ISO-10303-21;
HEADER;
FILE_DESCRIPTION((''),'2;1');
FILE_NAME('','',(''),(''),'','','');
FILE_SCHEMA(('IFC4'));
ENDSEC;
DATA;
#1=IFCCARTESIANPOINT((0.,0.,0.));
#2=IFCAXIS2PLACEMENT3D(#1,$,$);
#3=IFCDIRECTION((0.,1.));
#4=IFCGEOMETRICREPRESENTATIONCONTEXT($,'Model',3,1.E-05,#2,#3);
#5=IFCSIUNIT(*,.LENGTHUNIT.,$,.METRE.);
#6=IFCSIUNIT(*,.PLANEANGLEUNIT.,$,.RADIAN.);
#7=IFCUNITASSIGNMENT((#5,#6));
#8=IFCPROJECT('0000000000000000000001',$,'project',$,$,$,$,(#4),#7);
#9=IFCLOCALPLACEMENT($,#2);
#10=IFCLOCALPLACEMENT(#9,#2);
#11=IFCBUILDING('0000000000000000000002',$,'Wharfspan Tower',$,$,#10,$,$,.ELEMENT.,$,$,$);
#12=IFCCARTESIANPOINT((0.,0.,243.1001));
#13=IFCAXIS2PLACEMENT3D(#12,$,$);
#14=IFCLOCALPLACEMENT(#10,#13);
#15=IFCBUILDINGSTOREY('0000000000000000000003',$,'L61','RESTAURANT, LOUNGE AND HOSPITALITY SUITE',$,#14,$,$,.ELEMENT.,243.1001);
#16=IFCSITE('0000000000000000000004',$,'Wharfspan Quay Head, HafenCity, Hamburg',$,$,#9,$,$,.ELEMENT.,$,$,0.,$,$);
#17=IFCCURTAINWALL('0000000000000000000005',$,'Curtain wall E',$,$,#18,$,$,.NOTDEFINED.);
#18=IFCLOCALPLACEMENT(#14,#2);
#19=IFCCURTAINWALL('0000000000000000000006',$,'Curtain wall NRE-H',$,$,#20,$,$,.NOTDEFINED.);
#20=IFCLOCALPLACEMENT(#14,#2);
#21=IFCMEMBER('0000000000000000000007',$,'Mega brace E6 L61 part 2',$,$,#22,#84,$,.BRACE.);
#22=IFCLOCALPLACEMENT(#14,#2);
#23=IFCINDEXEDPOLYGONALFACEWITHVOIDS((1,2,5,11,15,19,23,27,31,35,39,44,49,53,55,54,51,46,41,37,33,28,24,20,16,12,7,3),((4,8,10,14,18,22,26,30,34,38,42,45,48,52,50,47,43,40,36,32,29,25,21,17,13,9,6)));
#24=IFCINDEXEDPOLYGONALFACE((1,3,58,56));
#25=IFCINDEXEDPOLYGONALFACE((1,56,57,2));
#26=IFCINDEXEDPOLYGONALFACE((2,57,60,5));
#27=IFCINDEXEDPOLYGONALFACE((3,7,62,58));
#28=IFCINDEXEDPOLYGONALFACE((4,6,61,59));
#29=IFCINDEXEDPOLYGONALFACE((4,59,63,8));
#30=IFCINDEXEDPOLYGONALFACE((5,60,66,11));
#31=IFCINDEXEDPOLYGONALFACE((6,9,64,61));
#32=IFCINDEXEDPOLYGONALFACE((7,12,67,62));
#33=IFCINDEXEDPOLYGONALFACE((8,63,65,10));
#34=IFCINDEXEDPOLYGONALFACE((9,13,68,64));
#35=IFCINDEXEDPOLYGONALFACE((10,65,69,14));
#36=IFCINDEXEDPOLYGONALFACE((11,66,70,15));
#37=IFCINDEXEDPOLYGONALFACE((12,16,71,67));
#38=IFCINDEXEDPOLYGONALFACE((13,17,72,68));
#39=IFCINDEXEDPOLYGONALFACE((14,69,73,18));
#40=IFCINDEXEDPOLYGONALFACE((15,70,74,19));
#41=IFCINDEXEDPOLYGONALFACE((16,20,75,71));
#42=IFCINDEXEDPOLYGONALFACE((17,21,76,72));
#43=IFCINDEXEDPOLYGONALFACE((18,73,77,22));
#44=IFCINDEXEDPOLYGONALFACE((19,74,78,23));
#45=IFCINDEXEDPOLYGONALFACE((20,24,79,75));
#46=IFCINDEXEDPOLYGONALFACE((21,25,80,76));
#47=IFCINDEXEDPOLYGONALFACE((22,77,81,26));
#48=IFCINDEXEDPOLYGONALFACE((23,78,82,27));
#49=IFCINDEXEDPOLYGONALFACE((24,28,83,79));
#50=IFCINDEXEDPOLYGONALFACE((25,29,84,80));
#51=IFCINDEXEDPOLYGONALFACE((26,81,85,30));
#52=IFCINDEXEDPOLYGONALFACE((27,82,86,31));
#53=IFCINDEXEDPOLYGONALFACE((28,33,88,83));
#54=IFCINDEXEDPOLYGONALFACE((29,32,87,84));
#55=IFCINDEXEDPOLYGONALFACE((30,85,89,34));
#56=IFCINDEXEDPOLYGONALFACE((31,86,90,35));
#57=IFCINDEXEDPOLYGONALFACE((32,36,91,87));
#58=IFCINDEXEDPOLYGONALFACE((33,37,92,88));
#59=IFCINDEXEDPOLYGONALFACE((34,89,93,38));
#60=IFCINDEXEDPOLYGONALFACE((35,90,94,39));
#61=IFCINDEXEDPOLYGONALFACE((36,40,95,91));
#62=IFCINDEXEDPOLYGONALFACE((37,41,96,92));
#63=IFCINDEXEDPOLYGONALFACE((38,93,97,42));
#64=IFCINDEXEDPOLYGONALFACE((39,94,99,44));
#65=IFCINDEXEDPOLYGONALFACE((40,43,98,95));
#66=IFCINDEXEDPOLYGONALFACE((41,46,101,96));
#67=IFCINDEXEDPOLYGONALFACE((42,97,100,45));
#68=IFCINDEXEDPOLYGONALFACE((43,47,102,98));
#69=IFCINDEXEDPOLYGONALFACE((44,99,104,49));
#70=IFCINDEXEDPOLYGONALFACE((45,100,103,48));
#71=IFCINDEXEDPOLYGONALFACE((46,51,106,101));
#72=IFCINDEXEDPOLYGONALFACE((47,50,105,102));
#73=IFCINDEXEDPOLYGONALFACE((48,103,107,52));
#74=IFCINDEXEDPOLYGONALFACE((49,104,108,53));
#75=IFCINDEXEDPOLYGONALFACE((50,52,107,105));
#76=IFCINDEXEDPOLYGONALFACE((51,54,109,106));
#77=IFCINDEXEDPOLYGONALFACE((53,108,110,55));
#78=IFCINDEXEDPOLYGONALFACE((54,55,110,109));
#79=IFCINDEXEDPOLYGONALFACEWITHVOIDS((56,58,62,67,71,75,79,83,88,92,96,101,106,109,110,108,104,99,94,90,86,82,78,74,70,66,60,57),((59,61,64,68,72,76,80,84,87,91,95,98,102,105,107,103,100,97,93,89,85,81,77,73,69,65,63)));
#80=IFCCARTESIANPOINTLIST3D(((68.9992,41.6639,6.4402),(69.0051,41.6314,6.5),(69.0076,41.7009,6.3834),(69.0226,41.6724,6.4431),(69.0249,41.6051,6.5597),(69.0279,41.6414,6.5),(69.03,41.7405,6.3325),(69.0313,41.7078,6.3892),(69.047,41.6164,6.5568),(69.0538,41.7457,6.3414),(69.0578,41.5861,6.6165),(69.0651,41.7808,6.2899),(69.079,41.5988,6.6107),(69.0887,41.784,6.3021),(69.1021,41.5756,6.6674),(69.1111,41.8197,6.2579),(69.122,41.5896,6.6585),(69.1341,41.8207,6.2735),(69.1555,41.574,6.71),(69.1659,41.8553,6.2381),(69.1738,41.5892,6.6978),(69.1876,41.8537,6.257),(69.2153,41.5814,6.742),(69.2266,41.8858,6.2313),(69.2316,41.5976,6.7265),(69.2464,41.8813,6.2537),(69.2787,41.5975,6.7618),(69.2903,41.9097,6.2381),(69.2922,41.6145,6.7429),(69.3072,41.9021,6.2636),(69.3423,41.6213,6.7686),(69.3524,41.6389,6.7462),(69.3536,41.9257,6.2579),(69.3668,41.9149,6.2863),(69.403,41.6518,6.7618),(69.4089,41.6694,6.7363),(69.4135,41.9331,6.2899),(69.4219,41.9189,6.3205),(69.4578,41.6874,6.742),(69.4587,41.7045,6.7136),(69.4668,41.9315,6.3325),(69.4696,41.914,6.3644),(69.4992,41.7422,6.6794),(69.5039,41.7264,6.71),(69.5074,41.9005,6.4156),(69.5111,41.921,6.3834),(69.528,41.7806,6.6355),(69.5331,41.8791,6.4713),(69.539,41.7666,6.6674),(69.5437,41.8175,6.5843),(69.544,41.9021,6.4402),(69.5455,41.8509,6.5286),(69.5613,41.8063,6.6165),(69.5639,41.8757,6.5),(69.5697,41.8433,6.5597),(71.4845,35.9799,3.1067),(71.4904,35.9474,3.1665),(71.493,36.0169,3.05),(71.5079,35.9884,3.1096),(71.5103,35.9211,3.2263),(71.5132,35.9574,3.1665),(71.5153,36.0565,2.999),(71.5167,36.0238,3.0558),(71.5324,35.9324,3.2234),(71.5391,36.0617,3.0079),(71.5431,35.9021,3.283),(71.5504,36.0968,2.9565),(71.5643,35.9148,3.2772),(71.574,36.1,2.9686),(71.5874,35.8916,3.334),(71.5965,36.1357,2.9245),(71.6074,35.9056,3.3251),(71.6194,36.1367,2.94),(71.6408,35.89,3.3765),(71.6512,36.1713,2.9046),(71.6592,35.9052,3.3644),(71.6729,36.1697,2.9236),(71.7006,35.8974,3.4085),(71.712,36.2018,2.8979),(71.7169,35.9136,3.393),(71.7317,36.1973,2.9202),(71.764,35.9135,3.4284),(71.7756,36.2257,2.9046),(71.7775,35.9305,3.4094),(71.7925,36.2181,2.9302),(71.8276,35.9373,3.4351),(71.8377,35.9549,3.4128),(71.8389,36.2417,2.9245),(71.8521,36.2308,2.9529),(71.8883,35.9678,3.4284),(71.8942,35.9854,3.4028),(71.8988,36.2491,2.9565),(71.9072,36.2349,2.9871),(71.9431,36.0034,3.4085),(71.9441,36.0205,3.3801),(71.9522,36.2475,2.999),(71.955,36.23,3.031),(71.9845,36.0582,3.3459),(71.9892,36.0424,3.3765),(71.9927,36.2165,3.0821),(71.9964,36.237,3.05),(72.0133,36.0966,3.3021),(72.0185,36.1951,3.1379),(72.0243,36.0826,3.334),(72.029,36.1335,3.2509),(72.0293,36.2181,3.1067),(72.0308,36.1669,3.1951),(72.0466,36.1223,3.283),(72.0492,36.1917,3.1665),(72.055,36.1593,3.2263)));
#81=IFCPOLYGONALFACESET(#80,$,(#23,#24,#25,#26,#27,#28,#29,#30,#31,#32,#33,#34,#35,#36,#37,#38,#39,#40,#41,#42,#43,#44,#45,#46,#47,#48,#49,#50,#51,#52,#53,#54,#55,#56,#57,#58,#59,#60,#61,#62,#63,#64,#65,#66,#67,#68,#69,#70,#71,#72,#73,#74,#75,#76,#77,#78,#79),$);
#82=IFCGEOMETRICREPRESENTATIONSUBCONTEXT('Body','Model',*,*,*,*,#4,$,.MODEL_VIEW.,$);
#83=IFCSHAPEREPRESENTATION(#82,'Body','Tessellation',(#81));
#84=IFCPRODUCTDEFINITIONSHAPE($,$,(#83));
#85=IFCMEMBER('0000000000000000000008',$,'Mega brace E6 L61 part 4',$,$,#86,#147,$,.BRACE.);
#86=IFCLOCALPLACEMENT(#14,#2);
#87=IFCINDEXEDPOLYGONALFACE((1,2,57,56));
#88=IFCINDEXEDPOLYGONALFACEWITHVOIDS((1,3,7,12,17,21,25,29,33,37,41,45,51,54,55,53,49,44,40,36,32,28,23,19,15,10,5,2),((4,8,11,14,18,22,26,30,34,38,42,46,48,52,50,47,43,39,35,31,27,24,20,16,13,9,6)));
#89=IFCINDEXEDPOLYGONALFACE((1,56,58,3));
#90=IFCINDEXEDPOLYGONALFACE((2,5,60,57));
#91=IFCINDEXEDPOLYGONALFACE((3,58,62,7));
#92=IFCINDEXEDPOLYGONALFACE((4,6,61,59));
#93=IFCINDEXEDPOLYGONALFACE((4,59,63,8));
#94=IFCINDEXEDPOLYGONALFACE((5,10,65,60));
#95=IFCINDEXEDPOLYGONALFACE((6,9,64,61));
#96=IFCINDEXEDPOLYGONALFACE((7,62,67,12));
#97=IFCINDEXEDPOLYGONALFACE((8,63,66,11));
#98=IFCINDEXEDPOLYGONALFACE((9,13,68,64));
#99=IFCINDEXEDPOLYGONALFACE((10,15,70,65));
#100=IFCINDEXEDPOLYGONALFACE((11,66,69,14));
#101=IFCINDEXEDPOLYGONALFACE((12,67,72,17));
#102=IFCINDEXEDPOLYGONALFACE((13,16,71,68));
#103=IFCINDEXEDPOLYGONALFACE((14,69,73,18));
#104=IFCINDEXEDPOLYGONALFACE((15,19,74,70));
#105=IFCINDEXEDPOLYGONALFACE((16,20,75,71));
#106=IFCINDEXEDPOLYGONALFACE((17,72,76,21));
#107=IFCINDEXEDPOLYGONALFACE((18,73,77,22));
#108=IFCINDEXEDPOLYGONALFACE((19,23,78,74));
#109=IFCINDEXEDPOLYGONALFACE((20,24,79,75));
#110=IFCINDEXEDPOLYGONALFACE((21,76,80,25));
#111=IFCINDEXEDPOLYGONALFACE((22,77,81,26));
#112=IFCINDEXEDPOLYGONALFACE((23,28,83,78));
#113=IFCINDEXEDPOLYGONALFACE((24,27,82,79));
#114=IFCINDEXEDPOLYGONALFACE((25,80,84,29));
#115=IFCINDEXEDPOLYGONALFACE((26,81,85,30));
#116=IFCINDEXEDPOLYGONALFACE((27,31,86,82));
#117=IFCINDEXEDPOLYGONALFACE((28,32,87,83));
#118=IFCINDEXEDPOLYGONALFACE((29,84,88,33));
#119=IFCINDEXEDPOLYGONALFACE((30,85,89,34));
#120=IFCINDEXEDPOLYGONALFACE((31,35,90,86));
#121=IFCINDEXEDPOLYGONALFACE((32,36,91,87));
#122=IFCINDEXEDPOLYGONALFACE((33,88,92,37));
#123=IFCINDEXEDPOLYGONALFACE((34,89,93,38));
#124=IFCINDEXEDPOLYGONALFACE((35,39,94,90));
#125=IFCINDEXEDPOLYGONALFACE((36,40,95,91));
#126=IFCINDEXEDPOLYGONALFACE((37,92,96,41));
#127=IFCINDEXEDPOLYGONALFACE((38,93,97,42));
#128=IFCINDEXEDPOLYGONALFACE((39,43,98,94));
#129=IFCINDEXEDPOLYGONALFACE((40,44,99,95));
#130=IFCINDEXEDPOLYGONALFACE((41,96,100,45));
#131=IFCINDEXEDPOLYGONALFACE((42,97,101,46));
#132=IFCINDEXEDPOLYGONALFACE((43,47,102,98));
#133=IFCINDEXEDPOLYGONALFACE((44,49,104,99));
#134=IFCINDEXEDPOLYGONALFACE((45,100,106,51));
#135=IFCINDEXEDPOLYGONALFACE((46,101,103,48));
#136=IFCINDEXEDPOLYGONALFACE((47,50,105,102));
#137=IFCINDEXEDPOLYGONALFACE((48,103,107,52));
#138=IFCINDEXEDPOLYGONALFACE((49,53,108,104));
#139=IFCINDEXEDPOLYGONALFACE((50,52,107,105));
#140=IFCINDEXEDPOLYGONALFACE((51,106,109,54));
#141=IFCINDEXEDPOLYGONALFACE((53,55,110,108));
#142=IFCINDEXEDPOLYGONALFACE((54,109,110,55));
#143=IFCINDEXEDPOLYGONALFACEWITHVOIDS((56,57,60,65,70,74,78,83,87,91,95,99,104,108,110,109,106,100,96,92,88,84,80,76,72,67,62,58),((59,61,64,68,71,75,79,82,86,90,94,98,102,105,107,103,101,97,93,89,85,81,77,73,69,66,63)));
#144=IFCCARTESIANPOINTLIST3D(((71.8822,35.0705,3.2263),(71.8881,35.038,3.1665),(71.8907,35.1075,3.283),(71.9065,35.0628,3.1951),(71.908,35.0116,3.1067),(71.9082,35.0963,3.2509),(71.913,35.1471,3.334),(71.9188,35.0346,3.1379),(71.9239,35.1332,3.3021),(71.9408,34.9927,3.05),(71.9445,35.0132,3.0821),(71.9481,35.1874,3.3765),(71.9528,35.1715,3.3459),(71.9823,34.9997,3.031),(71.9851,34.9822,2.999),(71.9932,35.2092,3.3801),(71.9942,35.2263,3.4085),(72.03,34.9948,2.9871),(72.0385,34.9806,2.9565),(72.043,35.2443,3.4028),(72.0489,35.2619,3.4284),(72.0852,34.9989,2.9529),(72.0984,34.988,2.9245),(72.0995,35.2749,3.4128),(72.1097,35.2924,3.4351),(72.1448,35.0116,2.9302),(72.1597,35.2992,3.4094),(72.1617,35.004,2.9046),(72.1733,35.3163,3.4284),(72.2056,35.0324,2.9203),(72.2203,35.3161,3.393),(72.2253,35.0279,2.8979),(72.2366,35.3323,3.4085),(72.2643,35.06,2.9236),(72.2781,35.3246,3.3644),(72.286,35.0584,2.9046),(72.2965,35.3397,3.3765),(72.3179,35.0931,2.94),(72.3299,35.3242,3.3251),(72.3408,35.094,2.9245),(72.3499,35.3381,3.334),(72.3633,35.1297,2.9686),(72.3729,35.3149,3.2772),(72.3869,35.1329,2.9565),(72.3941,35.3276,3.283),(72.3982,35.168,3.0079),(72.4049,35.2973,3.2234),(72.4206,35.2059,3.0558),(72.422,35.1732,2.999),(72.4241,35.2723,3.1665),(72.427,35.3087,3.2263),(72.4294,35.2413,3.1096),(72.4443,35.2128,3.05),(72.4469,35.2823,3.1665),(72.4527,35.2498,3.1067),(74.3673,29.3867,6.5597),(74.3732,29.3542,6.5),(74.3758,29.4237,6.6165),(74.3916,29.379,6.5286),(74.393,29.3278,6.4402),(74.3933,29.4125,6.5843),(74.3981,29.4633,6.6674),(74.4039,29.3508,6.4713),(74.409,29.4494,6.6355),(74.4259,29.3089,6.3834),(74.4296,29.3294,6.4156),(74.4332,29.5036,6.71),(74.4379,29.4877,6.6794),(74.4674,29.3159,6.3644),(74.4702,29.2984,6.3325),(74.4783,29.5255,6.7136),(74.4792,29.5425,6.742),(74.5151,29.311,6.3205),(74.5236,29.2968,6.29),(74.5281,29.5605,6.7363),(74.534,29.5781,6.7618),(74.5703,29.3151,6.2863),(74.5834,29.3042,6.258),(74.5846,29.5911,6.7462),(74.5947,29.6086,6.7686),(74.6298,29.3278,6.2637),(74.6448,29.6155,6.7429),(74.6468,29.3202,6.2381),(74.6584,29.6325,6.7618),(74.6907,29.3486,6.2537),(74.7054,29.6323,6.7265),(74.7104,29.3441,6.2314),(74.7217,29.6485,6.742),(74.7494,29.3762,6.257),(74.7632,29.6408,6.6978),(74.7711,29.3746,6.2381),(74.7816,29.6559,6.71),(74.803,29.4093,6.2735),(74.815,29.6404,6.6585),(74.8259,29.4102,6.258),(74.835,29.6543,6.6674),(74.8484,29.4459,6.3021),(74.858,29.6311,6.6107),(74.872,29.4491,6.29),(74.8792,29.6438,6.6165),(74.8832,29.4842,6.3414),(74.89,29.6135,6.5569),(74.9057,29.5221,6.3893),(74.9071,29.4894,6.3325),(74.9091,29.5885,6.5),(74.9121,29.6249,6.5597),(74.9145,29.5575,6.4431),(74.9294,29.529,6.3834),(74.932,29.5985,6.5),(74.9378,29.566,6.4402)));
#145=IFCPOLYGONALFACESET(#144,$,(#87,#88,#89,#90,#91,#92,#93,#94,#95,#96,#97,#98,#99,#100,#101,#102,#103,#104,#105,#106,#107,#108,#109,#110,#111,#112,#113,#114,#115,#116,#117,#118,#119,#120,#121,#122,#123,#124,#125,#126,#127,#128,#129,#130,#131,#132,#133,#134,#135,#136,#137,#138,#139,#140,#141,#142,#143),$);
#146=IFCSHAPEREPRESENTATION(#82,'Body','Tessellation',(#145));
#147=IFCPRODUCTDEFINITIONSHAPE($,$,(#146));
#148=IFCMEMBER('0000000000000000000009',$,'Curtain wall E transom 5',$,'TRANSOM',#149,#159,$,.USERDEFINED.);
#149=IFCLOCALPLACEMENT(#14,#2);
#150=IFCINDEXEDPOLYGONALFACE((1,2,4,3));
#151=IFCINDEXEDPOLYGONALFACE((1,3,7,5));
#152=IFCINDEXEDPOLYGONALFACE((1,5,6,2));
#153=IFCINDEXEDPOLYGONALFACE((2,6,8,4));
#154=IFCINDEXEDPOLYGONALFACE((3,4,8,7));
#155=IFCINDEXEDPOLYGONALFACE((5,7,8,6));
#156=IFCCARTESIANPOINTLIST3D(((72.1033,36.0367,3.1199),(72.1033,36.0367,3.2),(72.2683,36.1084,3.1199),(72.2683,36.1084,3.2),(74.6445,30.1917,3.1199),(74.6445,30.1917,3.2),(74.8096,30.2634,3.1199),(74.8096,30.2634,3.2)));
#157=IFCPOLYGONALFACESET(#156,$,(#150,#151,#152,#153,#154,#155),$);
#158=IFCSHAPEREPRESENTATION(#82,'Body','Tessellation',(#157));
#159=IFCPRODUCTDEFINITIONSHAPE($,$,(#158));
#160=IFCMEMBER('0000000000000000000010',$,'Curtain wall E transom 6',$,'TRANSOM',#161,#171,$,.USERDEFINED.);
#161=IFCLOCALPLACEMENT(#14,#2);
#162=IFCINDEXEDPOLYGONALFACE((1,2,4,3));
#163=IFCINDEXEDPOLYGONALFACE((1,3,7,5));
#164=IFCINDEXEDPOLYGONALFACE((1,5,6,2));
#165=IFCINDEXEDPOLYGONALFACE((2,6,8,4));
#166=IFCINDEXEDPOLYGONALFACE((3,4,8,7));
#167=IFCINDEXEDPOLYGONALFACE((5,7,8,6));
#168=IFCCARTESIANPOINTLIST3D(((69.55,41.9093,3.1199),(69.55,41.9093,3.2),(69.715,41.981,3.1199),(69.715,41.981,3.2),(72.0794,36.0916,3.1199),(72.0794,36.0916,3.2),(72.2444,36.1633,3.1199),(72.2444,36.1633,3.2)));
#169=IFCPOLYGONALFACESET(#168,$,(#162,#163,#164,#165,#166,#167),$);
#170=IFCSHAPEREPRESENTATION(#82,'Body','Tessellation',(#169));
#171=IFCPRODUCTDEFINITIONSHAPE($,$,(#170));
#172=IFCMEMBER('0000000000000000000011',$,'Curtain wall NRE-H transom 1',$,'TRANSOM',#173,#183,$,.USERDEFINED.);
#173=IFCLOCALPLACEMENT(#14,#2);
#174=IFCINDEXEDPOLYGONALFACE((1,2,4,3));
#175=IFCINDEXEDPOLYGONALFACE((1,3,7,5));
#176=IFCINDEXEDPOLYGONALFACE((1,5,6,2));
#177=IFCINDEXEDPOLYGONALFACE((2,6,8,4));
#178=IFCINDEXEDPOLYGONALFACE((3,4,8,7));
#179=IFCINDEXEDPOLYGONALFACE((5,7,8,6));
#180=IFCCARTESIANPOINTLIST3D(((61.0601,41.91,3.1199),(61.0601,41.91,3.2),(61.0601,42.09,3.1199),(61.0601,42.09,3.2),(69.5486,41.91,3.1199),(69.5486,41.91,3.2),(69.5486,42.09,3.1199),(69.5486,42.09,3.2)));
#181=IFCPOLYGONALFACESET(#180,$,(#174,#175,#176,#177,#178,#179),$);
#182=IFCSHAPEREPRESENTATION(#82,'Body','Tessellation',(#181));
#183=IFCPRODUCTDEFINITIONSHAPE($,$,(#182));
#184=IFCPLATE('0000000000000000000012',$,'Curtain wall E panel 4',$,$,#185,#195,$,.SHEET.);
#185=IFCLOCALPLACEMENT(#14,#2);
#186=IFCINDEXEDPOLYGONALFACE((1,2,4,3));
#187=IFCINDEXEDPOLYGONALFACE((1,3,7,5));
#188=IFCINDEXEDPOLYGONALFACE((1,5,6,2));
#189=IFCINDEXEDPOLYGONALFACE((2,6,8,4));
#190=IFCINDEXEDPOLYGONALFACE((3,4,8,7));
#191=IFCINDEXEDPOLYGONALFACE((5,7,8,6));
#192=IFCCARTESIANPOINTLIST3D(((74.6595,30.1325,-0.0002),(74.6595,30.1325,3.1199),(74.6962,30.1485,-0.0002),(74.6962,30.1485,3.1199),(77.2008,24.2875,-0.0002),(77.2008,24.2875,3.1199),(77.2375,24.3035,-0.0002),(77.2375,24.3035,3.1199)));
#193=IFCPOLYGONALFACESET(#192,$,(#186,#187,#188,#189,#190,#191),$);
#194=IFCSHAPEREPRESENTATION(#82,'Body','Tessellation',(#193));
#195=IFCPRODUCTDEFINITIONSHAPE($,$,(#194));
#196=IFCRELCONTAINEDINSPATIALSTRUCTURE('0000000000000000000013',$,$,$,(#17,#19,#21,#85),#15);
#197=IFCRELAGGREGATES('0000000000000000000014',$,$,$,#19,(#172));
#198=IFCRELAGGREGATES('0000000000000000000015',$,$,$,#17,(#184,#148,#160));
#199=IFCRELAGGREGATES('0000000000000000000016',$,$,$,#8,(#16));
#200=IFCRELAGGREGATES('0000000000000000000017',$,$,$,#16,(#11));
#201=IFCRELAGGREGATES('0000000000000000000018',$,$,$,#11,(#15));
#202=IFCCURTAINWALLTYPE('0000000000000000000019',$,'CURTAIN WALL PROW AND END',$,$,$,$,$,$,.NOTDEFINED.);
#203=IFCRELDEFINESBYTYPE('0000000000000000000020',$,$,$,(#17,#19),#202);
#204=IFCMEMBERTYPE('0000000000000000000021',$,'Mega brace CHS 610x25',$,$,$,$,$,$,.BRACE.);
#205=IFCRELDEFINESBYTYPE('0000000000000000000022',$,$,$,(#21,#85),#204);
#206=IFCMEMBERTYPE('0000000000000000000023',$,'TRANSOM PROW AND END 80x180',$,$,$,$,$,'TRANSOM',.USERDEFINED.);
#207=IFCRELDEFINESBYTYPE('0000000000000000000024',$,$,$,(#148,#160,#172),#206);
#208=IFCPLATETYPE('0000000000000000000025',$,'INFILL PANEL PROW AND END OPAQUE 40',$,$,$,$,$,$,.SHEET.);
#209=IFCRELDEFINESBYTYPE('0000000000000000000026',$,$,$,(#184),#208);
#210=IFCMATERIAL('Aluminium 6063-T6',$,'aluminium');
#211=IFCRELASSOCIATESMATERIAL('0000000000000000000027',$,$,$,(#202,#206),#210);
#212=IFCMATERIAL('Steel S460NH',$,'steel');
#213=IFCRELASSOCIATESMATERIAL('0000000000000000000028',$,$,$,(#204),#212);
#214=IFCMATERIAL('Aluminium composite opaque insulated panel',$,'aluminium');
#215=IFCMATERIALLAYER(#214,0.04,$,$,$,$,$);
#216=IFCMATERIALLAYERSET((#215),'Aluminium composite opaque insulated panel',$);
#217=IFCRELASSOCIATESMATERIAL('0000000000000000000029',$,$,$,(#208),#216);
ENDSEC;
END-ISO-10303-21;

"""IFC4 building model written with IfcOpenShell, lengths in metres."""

from ifc_helpers import new_model, si_unit, direction, frame, origin, origin_2d, place, context, subcontext, project, spatial, rectangle, hollow_circle, extrude, material, layer, layer_set, material_profile, profile_set, type_object, element, aggregate, save


model = new_model("IFC4")

# Units and contexts
model_context = context("Model", 3, precision=1e-05, world=origin(), true_north=direction((0.0, 1.0)))
body_context = subcontext(model_context, "Body", "Model", "MODEL_VIEW")
ifc_project = project(units=[si_unit("LENGTHUNIT", "METRE"), si_unit("PLANEANGLEUNIT", "RADIAN")], contexts=[model_context])

# Site, building, storey
site_placement = place(None, origin())
site = spatial("IfcSite", under=ifc_project, at=site_placement, Name="Wharfspan Quay Head, HafenCity, Hamburg", CompositionType="ELEMENT", RefElevation=0.0)
building_placement = place(site_placement, origin())
building = spatial("IfcBuilding", under=site, at=building_placement, Name="Wharfspan Tower", CompositionType="ELEMENT")
storey_placement = place(building_placement, frame((0.0, 0.0, 243.1001)))
storey = spatial("IfcBuildingStorey", under=building, at=storey_placement, Name="L61", Description="RESTAURANT, LOUNGE AND HOSPITALITY SUITE", CompositionType="ELEMENT", Elevation=243.1001)

# Curtain wall
ifc_material_1 = material(Name="Aluminium 6063-T6", Category="aluminium")
curtain_wall_type = type_object("IfcCurtainWallType", Name="CURTAIN WALL PROW AND END", PredefinedType="NOTDEFINED", material=ifc_material_1)
curtain_wall_1_placement = place(storey_placement, origin())
curtain_wall_1 = element("IfcCurtainWall", 1, at=curtain_wall_1_placement, inside=storey, type_object=curtain_wall_type, Name="Curtain wall E", PredefinedType="NOTDEFINED")

# Curtain wall
curtain_wall_2_placement = place(storey_placement, origin())
curtain_wall_2 = element("IfcCurtainWall", 2, at=curtain_wall_2_placement, inside=storey, type_object=curtain_wall_type, Name="Curtain wall NRE-H", PredefinedType="NOTDEFINED")

# Members
ifc_material_2 = material(Name="Steel S460NH", Category="steel")
ifc_material_profile_1 = material_profile(ifc_material_2, hollow_circle(Radius=0.3049, WallThickness=0.0249, at=origin_2d()))
ifc_profile_set_1 = profile_set([ifc_material_profile_1], Name="Steel S460NH")
member_type_1 = type_object("IfcMemberType", Name="Mega brace CHS 610x25", PredefinedType="BRACE", material=ifc_profile_set_1)
member_1_placement = place(storey_placement, frame((71.7698, 36.0696, 3.1665), z_axis=(-0.352903, 0.807102, 0.473334), x_axis=(-0.916243, -0.400624, -0.000001)))
element("IfcMember", 3, at=member_1_placement, inside=storey, type_object=member_type_1, Name="Mega brace E6 L61 part 2", PredefinedType="BRACE", context=body_context, shape_type="SweptSolid", body=[
    extrude(hollow_circle(Radius=0.3049, WallThickness=0.0249, at=origin_2d()), origin(), (0.0, 0.0, 1.0), 7.0425),
])
member_2_placement = place(storey_placement, frame((72.1675, 35.1602, 3.1665), z_axis=(0.352883, -0.8071, 0.473353), x_axis=(0.916253, 0.400609, 0.000003)))
element("IfcMember", 4, at=member_2_placement, inside=storey, type_object=member_type_1, Name="Mega brace E6 L61 part 4", PredefinedType="BRACE", context=body_context, shape_type="SweptSolid", body=[
    extrude(hollow_circle(Radius=0.3049, WallThickness=0.0249, at=origin_2d()), origin(), (0.0, 0.0, 1.0), 7.0422),
])

# Members
ifc_material_profile_2 = material_profile(ifc_material_1, rectangle(XDim=0.1799, YDim=0.0801, at=origin_2d()))
ifc_profile_set_2 = profile_set([ifc_material_profile_2], Name="Aluminium 6063-T6")
member_type_2 = type_object("IfcMemberType", Name="TRANSOM PROW AND END 80x180", ElementType="TRANSOM", PredefinedType="USERDEFINED", material=ifc_profile_set_2)
member_3_placement = place(storey_placement, frame((74.7271, 30.2275, 3.1599), z_axis=(-0.398722, 0.917072, 0.0), x_axis=(-0.917072, -0.398722, 0.0)))
member_3 = element("IfcMember", 5, at=member_3_placement, type_object=member_type_2, Name="Curtain wall E transom 5", ObjectType="TRANSOM", PredefinedType="USERDEFINED", context=body_context, shape_type="SweptSolid", body=[
    extrude(rectangle(XDim=0.1799, YDim=0.0801, at=origin_2d()), origin(), (0.0, 0.0, 1.0), 6.3735),
])
member_4_placement = place(storey_placement, frame((72.1619, 36.1274, 3.1599), z_axis=(-0.398712, 0.917076, 0.0), x_axis=(-0.917076, -0.398712, 0.0)))
member_4 = element("IfcMember", 6, at=member_4_placement, type_object=member_type_2, Name="Curtain wall E transom 6", ObjectType="TRANSOM", PredefinedType="USERDEFINED", context=body_context, shape_type="SweptSolid", body=[
    extrude(rectangle(XDim=0.1799, YDim=0.0801, at=origin_2d()), origin(), (0.0, 0.0, 1.0), 6.3438),
])
member_5_placement = place(storey_placement, frame((69.5486, 42.0, 3.1599), z_axis=(-1.0, 0.0, 0.0), x_axis=(0.0, -1.0, 0.0)))
member_5 = element("IfcMember", 7, at=member_5_placement, type_object=member_type_2, Name="Curtain wall NRE-H transom 1", ObjectType="TRANSOM", PredefinedType="USERDEFINED", context=body_context, shape_type="SweptSolid", body=[
    extrude(rectangle(XDim=0.1799, YDim=0.0801, at=origin_2d()), origin(), (0.0, 0.0, 1.0), 8.4885),
])
aggregate(curtain_wall_2, [member_5])

# Plate
ifc_material_3 = material(Name="Aluminium composite opaque insulated panel", Category="aluminium")
ifc_layer_1 = layer(ifc_material_3, 0.04)
ifc_layer_set_1 = layer_set([ifc_layer_1], Name="Aluminium composite opaque insulated panel")
plate_type = type_object("IfcPlateType", Name="INFILL PANEL PROW AND END OPAQUE 40", PredefinedType="SHEET", material=ifc_layer_set_1)
plate_1_placement = place(storey_placement, frame((75.9485, 27.218, -0.0002), z_axis=(0.0, 0.0, 1.0), x_axis=(-0.398727, 0.917072, 0.0)))
plate_1 = element("IfcPlate", 8, at=plate_1_placement, type_object=plate_type, Name="Curtain wall E panel 4", PredefinedType="SHEET", context=body_context, shape_type="SweptSolid", body=[
    extrude(rectangle(XDim=6.3735, YDim=0.04, at=origin_2d()), origin(), (0.0, 0.0, 1.0), 3.1201),
])
aggregate(curtain_wall_1, [plate_1, member_3, member_4])

save(model, "model.ifc")
